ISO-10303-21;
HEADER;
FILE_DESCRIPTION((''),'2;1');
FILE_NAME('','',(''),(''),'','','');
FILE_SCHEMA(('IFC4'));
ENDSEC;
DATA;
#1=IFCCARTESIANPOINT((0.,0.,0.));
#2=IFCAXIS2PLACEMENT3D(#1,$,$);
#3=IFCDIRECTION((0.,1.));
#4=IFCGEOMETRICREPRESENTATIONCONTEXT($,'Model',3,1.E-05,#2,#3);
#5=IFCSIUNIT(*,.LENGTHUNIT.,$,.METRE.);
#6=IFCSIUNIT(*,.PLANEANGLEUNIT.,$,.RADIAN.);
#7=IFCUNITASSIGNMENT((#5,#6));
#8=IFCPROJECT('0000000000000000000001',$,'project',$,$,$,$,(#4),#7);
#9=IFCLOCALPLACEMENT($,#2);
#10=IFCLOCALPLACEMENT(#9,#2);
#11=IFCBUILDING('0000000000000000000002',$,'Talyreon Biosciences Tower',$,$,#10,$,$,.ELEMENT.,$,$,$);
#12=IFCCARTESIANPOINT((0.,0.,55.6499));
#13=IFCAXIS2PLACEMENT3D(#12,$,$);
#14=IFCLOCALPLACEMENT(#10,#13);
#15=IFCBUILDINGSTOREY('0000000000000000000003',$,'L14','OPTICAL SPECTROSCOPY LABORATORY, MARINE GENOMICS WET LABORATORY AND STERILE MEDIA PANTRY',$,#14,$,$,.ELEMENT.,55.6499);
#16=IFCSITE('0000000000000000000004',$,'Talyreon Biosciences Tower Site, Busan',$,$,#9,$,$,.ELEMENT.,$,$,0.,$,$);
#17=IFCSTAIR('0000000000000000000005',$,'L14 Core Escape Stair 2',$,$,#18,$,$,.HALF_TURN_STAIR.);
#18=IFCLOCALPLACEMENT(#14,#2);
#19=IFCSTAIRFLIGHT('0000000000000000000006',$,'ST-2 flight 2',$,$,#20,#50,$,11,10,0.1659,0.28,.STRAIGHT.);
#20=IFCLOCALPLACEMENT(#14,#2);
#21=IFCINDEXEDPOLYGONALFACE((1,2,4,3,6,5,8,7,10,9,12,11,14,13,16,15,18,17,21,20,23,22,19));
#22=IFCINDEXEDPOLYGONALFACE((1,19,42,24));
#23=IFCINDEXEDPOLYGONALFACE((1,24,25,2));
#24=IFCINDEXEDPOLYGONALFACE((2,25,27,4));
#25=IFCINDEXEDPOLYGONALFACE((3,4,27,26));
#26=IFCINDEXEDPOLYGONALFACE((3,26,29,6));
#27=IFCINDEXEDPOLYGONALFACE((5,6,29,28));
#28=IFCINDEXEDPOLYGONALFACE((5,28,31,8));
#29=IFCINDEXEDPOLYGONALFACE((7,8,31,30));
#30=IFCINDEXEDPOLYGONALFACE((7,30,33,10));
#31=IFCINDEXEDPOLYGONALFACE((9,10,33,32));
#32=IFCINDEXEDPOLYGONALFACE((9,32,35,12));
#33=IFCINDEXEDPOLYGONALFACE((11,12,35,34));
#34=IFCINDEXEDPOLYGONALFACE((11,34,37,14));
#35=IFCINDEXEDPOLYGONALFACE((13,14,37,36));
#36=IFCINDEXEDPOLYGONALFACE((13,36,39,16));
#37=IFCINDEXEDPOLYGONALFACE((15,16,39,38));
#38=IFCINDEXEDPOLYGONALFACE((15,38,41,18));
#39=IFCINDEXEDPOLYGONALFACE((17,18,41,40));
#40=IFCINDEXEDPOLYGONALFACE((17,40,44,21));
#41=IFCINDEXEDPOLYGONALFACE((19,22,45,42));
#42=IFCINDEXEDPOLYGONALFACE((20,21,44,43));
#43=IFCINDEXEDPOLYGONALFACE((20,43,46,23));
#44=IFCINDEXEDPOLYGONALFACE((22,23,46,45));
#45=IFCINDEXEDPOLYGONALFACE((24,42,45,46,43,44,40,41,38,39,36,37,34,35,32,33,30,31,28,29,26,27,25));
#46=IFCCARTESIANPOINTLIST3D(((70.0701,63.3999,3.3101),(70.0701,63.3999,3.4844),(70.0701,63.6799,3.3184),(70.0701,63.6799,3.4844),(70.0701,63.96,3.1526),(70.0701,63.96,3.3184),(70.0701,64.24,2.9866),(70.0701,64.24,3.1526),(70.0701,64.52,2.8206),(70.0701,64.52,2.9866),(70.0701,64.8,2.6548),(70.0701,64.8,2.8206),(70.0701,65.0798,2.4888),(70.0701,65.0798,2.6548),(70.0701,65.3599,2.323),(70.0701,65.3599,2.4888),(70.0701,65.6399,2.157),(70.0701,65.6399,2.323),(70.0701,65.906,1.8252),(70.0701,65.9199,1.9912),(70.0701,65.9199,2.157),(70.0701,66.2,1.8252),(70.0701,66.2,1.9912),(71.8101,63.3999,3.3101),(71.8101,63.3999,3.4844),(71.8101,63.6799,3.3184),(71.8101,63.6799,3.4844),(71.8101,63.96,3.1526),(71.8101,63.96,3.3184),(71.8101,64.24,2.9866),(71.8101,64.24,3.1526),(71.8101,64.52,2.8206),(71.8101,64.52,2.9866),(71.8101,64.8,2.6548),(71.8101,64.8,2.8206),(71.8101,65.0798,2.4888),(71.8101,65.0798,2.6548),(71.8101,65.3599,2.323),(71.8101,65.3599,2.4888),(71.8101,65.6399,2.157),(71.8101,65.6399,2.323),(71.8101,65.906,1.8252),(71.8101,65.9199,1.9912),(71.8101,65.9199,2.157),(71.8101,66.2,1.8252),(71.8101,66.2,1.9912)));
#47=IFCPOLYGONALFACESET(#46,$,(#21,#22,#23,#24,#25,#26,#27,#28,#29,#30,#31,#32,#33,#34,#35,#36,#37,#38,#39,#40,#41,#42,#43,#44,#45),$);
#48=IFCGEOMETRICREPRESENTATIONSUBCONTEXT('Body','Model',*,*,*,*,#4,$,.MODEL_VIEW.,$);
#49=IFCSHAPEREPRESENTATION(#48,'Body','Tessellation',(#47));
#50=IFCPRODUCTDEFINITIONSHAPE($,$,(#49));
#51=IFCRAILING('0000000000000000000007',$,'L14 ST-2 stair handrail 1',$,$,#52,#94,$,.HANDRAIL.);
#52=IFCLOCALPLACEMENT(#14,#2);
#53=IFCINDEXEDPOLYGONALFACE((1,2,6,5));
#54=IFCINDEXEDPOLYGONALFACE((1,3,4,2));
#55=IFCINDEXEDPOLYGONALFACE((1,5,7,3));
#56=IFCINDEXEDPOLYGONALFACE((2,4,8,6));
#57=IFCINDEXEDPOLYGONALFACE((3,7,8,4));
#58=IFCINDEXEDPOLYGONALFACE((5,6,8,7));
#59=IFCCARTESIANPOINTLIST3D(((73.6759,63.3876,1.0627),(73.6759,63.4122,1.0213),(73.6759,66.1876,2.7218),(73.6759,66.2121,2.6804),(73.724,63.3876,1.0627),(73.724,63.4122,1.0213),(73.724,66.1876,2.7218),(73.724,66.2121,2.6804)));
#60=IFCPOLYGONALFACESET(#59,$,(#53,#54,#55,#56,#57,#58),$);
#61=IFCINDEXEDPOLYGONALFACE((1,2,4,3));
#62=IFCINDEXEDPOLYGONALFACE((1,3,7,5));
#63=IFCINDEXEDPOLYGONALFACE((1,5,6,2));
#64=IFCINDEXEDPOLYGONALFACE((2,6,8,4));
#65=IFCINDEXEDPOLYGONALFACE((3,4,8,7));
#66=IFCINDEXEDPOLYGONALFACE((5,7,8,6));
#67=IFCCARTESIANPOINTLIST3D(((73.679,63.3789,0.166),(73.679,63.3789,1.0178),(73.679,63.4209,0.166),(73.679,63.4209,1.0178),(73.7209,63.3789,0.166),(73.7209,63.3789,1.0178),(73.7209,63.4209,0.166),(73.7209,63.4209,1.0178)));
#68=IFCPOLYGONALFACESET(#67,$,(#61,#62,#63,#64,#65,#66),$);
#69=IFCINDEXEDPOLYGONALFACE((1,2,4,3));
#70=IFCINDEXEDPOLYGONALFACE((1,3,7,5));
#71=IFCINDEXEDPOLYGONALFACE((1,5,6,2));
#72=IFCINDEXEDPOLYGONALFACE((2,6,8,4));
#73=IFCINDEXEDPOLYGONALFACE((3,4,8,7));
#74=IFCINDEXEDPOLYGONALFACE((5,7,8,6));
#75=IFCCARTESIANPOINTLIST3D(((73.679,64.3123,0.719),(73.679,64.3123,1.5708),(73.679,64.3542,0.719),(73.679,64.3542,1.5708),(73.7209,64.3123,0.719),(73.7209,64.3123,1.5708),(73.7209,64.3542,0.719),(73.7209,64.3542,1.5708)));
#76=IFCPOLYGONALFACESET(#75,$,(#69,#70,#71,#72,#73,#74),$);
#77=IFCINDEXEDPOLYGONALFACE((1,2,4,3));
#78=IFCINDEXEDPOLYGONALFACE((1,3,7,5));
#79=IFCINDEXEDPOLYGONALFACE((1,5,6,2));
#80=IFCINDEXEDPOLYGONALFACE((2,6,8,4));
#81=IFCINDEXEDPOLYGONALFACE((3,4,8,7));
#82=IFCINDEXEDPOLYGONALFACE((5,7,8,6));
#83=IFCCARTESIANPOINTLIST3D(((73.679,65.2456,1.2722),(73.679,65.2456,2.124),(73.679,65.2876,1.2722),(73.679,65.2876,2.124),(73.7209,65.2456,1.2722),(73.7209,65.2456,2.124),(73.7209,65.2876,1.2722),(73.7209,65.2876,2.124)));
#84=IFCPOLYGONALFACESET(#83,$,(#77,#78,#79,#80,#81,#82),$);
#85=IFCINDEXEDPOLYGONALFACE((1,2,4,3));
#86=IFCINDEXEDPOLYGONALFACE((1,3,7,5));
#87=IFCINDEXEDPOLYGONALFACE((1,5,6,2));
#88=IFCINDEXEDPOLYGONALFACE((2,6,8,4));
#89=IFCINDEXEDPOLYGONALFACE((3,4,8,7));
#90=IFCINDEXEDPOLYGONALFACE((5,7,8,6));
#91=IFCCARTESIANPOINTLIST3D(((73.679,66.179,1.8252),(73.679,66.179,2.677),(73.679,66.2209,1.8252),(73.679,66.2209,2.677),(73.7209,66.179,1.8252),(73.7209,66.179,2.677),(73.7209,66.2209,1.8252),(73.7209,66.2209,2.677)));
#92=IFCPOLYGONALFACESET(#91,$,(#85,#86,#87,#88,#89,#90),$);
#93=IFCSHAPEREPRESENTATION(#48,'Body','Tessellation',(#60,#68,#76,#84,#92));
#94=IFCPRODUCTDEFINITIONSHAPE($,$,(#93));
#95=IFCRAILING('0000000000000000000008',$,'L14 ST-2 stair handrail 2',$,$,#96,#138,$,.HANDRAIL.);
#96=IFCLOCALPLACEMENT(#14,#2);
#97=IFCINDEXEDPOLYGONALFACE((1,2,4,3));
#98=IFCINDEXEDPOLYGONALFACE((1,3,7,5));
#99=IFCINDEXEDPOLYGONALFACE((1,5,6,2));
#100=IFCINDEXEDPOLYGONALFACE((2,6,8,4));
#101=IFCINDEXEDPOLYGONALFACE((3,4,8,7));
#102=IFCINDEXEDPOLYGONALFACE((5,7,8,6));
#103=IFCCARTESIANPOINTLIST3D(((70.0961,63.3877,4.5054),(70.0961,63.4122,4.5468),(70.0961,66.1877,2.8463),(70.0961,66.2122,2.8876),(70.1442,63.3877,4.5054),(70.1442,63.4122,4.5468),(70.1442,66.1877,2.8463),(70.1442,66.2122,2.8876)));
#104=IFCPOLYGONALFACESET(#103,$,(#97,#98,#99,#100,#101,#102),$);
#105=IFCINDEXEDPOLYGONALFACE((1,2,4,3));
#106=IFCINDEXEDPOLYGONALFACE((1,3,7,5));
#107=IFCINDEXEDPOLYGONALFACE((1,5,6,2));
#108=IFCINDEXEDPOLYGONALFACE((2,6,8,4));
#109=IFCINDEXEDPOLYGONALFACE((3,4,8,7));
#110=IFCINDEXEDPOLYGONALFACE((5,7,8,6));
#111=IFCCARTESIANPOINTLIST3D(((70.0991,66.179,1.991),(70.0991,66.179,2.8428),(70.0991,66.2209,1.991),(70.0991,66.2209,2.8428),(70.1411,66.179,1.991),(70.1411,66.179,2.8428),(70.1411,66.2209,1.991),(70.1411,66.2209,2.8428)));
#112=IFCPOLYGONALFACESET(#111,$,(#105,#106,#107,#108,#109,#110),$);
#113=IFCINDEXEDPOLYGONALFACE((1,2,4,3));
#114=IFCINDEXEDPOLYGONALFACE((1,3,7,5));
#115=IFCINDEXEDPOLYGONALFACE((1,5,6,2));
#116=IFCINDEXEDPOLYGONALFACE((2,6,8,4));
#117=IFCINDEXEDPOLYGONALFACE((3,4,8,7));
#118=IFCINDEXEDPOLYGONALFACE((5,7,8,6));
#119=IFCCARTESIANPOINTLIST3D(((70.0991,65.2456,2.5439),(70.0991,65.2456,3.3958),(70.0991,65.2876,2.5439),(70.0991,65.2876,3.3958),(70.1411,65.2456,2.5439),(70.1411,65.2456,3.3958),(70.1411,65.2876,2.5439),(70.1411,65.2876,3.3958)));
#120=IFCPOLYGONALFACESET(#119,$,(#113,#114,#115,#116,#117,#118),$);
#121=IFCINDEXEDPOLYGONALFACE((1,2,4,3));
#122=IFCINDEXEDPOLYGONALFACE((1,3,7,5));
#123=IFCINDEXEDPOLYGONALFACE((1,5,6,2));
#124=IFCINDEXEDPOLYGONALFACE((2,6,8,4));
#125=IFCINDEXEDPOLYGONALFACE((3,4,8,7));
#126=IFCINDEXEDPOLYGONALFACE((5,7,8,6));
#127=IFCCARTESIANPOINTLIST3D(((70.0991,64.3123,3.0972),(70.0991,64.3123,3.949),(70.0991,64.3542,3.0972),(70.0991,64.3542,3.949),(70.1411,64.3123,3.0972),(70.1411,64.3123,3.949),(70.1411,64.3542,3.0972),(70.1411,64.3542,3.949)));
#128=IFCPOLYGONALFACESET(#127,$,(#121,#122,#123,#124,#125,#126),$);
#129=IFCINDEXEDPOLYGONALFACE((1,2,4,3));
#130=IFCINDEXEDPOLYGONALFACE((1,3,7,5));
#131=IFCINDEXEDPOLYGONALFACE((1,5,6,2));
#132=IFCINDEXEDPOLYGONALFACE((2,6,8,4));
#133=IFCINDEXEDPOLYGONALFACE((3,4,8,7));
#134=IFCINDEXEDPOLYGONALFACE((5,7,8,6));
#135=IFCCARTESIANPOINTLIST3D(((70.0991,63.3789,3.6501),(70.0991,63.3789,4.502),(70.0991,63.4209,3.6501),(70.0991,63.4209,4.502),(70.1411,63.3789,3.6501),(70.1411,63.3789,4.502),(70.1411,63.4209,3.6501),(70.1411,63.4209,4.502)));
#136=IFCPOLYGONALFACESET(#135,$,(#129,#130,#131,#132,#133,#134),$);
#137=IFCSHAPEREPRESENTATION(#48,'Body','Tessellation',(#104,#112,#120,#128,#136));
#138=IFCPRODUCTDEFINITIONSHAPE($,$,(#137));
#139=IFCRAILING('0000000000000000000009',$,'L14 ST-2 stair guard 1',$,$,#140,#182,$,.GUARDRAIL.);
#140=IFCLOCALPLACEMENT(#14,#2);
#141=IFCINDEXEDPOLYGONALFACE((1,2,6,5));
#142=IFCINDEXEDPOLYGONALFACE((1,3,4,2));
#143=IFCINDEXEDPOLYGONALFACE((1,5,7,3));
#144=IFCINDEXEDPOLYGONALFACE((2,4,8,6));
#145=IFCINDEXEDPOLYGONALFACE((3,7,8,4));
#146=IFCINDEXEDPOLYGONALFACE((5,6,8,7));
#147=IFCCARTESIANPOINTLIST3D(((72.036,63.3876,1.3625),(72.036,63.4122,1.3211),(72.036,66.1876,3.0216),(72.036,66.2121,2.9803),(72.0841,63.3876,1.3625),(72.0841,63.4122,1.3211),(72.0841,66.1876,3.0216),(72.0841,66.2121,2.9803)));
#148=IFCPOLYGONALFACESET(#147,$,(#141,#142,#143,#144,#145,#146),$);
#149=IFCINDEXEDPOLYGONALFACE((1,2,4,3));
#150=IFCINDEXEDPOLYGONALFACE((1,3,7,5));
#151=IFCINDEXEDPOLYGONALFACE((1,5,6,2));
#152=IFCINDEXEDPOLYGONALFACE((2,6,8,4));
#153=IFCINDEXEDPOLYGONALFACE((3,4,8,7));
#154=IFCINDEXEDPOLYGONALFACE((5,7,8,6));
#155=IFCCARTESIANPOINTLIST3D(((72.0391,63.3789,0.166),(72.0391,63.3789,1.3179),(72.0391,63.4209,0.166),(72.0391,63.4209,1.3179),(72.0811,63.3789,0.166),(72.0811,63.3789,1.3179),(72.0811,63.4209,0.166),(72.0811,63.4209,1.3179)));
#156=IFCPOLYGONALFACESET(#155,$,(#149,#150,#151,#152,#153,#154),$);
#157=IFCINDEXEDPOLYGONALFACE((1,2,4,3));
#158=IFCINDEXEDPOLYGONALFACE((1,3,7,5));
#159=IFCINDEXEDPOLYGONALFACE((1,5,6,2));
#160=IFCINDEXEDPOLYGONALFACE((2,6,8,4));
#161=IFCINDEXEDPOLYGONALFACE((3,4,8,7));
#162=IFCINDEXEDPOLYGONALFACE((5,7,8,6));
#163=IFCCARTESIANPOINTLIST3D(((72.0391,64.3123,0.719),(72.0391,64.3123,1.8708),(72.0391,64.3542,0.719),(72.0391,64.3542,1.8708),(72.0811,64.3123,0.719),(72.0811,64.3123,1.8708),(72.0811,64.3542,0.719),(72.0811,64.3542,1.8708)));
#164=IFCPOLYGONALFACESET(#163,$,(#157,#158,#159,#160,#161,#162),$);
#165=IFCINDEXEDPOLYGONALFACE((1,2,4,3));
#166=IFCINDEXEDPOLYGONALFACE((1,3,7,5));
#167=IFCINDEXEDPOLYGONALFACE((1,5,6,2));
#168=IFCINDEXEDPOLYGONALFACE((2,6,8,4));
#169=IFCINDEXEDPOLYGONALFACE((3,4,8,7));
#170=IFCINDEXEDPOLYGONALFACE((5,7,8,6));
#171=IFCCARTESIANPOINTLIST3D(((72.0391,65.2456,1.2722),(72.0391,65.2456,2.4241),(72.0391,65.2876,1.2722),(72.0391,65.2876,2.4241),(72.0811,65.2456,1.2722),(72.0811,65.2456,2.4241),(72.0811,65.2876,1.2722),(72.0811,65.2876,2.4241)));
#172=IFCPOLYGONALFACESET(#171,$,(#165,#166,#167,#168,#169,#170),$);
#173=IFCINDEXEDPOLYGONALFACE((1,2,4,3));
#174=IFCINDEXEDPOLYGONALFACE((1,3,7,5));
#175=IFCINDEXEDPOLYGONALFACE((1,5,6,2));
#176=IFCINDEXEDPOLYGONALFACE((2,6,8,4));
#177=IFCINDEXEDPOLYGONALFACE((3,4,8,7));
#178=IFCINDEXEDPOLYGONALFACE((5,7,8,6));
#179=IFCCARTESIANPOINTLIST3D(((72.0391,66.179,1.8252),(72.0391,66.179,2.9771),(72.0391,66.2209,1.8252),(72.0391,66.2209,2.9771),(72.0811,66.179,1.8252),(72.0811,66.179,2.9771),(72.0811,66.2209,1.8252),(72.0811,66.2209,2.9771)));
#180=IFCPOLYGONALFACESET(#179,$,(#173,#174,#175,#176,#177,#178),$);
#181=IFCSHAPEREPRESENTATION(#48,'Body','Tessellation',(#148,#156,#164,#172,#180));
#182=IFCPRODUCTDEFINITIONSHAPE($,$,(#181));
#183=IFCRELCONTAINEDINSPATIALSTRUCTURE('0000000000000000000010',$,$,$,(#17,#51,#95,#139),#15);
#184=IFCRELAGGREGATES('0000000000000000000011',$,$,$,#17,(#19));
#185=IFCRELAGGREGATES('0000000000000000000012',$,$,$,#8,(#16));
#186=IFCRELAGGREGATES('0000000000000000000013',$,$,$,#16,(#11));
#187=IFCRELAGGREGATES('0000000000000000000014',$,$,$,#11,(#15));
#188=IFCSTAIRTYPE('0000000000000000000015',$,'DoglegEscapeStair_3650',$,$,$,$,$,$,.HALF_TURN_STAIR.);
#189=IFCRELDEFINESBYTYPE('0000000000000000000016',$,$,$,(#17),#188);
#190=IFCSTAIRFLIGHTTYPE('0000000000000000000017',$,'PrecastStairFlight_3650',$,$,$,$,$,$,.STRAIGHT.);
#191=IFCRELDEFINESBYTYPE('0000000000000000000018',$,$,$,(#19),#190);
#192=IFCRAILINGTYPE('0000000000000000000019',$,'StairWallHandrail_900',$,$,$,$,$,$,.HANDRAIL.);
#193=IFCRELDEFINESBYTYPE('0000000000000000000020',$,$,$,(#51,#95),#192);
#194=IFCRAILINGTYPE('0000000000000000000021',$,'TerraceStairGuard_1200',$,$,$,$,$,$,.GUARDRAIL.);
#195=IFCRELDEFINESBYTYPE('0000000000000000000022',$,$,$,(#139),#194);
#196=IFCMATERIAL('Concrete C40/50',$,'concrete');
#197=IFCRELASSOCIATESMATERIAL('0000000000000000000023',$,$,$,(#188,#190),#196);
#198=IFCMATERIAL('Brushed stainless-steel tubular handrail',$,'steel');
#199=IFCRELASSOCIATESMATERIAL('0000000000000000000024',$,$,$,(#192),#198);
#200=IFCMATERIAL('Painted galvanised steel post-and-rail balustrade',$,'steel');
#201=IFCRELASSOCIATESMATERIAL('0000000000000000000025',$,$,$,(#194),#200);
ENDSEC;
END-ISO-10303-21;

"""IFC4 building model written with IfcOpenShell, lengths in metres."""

from ifc_helpers import new_model, si_unit, direction, frame, origin, origin_2d, place, context, subcontext, project, spatial, polyline, rectangle, outline, extrude, material, type_object, element, aggregate, save


model = new_model("IFC4")

# Units and contexts
model_context = context("Model", 3, precision=1e-05, world=origin(), true_north=direction((0.0, 1.0)))
body_context = subcontext(model_context, "Body", "Model", "MODEL_VIEW")
ifc_project = project(units=[si_unit("LENGTHUNIT", "METRE"), si_unit("PLANEANGLEUNIT", "RADIAN")], contexts=[model_context])

# Site, building, storey
site_placement = place(None, origin())
site = spatial("IfcSite", under=ifc_project, at=site_placement, Name="Talyreon Biosciences Tower Site, Busan", CompositionType="ELEMENT", RefElevation=0.0)
building_placement = place(site_placement, origin())
building = spatial("IfcBuilding", under=site, at=building_placement, Name="Talyreon Biosciences Tower", CompositionType="ELEMENT")
storey_placement = place(building_placement, frame((0.0, 0.0, 55.6499)))
storey = spatial("IfcBuildingStorey", under=building, at=storey_placement, Name="L14", Description="OPTICAL SPECTROSCOPY LABORATORY, MARINE GENOMICS WET LABORATORY AND STERILE MEDIA PANTRY", CompositionType="ELEMENT", Elevation=55.6499)

# Stair, stair flight
ifc_material_1 = material(Name="Concrete C40/50", Category="concrete")
stair_type = type_object("IfcStairType", Name="DoglegEscapeStair_3650", PredefinedType="HALF_TURN_STAIR", material=ifc_material_1)
stair_placement = place(storey_placement, origin())
stair = element("IfcStair", 1, at=stair_placement, inside=storey, type_object=stair_type, Name="L14 Core Escape Stair 2", PredefinedType="HALF_TURN_STAIR")
stair_flight_type = type_object("IfcStairFlightType", Name="PrecastStairFlight_3650", PredefinedType="STRAIGHT", material=ifc_material_1)
stair_flight_1_placement = place(storey_placement, frame((70.9399, 66.2, 1.8252), z_axis=(0.0, 0.0, 1.0), x_axis=(0.0, -1.0, 0.0)))
stair_flight_1 = element("IfcStairFlight", 2, at=stair_flight_1_placement, type_object=stair_flight_type, Name="ST-2 flight 2", NumberOfRisers=11, NumberOfTreads=10, PredefinedType="STRAIGHT", RiserHeight=0.1659, TreadLength=0.28, context=body_context, shape_type="SweptSolid", body=[
    extrude(outline(polyline([(0.0, 0.0), (0.0, 0.166), (0.28, 0.166), (0.28, 0.3318), (0.5601, 0.3318), (0.5601, 0.4978), (0.8401, 0.4978), (0.8401, 0.6636), (1.1201, 0.6636), (1.1201, 0.8296), (1.3999, 0.8296), (1.3999, 0.9954), (1.6799, 0.9954), (1.6799, 1.1614), (1.96, 1.1614), (1.96, 1.3274), (2.24, 1.3274), (2.24, 1.4932), (2.52, 1.4932), (2.52, 1.6592), (2.8, 1.6592), (2.8, 1.825), (2.8, 1.4849), (0.2939, 0.0), (0.0, 0.0)])), frame((0.0, 0.8701, 0.0), z_axis=(0.0, -1.0, 0.0), x_axis=(1.0, 0.0, 0.0)), (0.0, 0.0, 1.0), 1.74),
])
aggregate(stair, [stair_flight_1])

# Railings
ifc_material_2 = material(Name="Brushed stainless-steel tubular handrail", Category="steel")
railing_type_1 = type_object("IfcRailingType", Name="StairWallHandrail_900", PredefinedType="HANDRAIL", material=ifc_material_2)
railing_1_placement = place(storey_placement, frame((73.7, 63.3999, 0.166)))
element("IfcRailing", 3, at=railing_1_placement, inside=storey, type_object=railing_type_1, Name="L14 ST-2 stair handrail 1", PredefinedType="HANDRAIL", context=body_context, shape_type="SweptSolid", body=[
    extrude(rectangle(XDim=0.0481, YDim=0.0481, at=origin_2d()), frame((0.0, 0.0, 0.876), z_axis=(0.0, 0.860306, 0.509778), x_axis=(-1.0, 0.0, 0.0)), (0.0, 0.0, 1.0), 3.2546),
    extrude(rectangle(XDim=0.042, YDim=0.042, at=origin_2d()), origin(), (0.0, 0.0, 1.0), 0.8518),
    extrude(rectangle(XDim=0.042, YDim=0.042, at=origin_2d()), frame((0.0, 0.9333, 0.553)), (0.0, 0.0, 1.0), 0.8518),
    extrude(rectangle(XDim=0.042, YDim=0.042, at=origin_2d()), frame((0.0, 1.8667, 1.1062)), (0.0, 0.0, 1.0), 0.8518),
    extrude(rectangle(XDim=0.042, YDim=0.042, at=origin_2d()), frame((0.0, 2.8, 1.6592)), (0.0, 0.0, 1.0), 0.8518),
])
railing_2_placement = place(storey_placement, frame((70.1201, 66.2, 1.991)))
element("IfcRailing", 4, at=railing_2_placement, inside=storey, type_object=railing_type_1, Name="L14 ST-2 stair handrail 2", PredefinedType="HANDRAIL", context=body_context, shape_type="SweptSolid", body=[
    extrude(rectangle(XDim=0.0481, YDim=0.0481, at=origin_2d()), frame((0.0, 0.0, 0.876), z_axis=(0.0, -0.860306, 0.509778), x_axis=(1.0, 0.0, 0.0)), (0.0, 0.0, 1.0), 3.2546),
    extrude(rectangle(XDim=0.042, YDim=0.042, at=origin_2d()), origin(), (0.0, 0.0, 1.0), 0.8518),
    extrude(rectangle(XDim=0.042, YDim=0.042, at=origin_2d()), frame((0.0, -0.9333, 0.553)), (0.0, 0.0, 1.0), 0.8518),
    extrude(rectangle(XDim=0.042, YDim=0.042, at=origin_2d()), frame((0.0, -1.8667, 1.1062)), (0.0, 0.0, 1.0), 0.8518),
    extrude(rectangle(XDim=0.042, YDim=0.042, at=origin_2d()), frame((0.0, -2.8, 1.6592)), (0.0, 0.0, 1.0), 0.8518),
])
ifc_material_3 = material(Name="Painted galvanised steel post-and-rail balustrade", Category="steel")
railing_type_2 = type_object("IfcRailingType", Name="TerraceStairGuard_1200", PredefinedType="GUARDRAIL", material=ifc_material_3)
railing_3_placement = place(storey_placement, frame((72.0601, 63.3999, 0.166)))
element("IfcRailing", 5, at=railing_3_placement, inside=storey, type_object=railing_type_2, Name="L14 ST-2 stair guard 1", PredefinedType="GUARDRAIL", context=body_context, shape_type="SweptSolid", body=[
    extrude(rectangle(XDim=0.0481, YDim=0.0481, at=origin_2d()), frame((0.0, 0.0, 1.1758), z_axis=(0.0, 0.860306, 0.509778), x_axis=(-1.0, 0.0, 0.0)), (0.0, 0.0, 1.0), 3.2546),
    extrude(rectangle(XDim=0.042, YDim=0.042, at=origin_2d()), origin(), (0.0, 0.0, 1.0), 1.1519),
    extrude(rectangle(XDim=0.042, YDim=0.042, at=origin_2d()), frame((0.0, 0.9333, 0.553)), (0.0, 0.0, 1.0), 1.1519),
    extrude(rectangle(XDim=0.042, YDim=0.042, at=origin_2d()), frame((0.0, 1.8667, 1.1062)), (0.0, 0.0, 1.0), 1.1519),
    extrude(rectangle(XDim=0.042, YDim=0.042, at=origin_2d()), frame((0.0, 2.8, 1.6592)), (0.0, 0.0, 1.0), 1.1519),
])

save(model, "model.ifc")
